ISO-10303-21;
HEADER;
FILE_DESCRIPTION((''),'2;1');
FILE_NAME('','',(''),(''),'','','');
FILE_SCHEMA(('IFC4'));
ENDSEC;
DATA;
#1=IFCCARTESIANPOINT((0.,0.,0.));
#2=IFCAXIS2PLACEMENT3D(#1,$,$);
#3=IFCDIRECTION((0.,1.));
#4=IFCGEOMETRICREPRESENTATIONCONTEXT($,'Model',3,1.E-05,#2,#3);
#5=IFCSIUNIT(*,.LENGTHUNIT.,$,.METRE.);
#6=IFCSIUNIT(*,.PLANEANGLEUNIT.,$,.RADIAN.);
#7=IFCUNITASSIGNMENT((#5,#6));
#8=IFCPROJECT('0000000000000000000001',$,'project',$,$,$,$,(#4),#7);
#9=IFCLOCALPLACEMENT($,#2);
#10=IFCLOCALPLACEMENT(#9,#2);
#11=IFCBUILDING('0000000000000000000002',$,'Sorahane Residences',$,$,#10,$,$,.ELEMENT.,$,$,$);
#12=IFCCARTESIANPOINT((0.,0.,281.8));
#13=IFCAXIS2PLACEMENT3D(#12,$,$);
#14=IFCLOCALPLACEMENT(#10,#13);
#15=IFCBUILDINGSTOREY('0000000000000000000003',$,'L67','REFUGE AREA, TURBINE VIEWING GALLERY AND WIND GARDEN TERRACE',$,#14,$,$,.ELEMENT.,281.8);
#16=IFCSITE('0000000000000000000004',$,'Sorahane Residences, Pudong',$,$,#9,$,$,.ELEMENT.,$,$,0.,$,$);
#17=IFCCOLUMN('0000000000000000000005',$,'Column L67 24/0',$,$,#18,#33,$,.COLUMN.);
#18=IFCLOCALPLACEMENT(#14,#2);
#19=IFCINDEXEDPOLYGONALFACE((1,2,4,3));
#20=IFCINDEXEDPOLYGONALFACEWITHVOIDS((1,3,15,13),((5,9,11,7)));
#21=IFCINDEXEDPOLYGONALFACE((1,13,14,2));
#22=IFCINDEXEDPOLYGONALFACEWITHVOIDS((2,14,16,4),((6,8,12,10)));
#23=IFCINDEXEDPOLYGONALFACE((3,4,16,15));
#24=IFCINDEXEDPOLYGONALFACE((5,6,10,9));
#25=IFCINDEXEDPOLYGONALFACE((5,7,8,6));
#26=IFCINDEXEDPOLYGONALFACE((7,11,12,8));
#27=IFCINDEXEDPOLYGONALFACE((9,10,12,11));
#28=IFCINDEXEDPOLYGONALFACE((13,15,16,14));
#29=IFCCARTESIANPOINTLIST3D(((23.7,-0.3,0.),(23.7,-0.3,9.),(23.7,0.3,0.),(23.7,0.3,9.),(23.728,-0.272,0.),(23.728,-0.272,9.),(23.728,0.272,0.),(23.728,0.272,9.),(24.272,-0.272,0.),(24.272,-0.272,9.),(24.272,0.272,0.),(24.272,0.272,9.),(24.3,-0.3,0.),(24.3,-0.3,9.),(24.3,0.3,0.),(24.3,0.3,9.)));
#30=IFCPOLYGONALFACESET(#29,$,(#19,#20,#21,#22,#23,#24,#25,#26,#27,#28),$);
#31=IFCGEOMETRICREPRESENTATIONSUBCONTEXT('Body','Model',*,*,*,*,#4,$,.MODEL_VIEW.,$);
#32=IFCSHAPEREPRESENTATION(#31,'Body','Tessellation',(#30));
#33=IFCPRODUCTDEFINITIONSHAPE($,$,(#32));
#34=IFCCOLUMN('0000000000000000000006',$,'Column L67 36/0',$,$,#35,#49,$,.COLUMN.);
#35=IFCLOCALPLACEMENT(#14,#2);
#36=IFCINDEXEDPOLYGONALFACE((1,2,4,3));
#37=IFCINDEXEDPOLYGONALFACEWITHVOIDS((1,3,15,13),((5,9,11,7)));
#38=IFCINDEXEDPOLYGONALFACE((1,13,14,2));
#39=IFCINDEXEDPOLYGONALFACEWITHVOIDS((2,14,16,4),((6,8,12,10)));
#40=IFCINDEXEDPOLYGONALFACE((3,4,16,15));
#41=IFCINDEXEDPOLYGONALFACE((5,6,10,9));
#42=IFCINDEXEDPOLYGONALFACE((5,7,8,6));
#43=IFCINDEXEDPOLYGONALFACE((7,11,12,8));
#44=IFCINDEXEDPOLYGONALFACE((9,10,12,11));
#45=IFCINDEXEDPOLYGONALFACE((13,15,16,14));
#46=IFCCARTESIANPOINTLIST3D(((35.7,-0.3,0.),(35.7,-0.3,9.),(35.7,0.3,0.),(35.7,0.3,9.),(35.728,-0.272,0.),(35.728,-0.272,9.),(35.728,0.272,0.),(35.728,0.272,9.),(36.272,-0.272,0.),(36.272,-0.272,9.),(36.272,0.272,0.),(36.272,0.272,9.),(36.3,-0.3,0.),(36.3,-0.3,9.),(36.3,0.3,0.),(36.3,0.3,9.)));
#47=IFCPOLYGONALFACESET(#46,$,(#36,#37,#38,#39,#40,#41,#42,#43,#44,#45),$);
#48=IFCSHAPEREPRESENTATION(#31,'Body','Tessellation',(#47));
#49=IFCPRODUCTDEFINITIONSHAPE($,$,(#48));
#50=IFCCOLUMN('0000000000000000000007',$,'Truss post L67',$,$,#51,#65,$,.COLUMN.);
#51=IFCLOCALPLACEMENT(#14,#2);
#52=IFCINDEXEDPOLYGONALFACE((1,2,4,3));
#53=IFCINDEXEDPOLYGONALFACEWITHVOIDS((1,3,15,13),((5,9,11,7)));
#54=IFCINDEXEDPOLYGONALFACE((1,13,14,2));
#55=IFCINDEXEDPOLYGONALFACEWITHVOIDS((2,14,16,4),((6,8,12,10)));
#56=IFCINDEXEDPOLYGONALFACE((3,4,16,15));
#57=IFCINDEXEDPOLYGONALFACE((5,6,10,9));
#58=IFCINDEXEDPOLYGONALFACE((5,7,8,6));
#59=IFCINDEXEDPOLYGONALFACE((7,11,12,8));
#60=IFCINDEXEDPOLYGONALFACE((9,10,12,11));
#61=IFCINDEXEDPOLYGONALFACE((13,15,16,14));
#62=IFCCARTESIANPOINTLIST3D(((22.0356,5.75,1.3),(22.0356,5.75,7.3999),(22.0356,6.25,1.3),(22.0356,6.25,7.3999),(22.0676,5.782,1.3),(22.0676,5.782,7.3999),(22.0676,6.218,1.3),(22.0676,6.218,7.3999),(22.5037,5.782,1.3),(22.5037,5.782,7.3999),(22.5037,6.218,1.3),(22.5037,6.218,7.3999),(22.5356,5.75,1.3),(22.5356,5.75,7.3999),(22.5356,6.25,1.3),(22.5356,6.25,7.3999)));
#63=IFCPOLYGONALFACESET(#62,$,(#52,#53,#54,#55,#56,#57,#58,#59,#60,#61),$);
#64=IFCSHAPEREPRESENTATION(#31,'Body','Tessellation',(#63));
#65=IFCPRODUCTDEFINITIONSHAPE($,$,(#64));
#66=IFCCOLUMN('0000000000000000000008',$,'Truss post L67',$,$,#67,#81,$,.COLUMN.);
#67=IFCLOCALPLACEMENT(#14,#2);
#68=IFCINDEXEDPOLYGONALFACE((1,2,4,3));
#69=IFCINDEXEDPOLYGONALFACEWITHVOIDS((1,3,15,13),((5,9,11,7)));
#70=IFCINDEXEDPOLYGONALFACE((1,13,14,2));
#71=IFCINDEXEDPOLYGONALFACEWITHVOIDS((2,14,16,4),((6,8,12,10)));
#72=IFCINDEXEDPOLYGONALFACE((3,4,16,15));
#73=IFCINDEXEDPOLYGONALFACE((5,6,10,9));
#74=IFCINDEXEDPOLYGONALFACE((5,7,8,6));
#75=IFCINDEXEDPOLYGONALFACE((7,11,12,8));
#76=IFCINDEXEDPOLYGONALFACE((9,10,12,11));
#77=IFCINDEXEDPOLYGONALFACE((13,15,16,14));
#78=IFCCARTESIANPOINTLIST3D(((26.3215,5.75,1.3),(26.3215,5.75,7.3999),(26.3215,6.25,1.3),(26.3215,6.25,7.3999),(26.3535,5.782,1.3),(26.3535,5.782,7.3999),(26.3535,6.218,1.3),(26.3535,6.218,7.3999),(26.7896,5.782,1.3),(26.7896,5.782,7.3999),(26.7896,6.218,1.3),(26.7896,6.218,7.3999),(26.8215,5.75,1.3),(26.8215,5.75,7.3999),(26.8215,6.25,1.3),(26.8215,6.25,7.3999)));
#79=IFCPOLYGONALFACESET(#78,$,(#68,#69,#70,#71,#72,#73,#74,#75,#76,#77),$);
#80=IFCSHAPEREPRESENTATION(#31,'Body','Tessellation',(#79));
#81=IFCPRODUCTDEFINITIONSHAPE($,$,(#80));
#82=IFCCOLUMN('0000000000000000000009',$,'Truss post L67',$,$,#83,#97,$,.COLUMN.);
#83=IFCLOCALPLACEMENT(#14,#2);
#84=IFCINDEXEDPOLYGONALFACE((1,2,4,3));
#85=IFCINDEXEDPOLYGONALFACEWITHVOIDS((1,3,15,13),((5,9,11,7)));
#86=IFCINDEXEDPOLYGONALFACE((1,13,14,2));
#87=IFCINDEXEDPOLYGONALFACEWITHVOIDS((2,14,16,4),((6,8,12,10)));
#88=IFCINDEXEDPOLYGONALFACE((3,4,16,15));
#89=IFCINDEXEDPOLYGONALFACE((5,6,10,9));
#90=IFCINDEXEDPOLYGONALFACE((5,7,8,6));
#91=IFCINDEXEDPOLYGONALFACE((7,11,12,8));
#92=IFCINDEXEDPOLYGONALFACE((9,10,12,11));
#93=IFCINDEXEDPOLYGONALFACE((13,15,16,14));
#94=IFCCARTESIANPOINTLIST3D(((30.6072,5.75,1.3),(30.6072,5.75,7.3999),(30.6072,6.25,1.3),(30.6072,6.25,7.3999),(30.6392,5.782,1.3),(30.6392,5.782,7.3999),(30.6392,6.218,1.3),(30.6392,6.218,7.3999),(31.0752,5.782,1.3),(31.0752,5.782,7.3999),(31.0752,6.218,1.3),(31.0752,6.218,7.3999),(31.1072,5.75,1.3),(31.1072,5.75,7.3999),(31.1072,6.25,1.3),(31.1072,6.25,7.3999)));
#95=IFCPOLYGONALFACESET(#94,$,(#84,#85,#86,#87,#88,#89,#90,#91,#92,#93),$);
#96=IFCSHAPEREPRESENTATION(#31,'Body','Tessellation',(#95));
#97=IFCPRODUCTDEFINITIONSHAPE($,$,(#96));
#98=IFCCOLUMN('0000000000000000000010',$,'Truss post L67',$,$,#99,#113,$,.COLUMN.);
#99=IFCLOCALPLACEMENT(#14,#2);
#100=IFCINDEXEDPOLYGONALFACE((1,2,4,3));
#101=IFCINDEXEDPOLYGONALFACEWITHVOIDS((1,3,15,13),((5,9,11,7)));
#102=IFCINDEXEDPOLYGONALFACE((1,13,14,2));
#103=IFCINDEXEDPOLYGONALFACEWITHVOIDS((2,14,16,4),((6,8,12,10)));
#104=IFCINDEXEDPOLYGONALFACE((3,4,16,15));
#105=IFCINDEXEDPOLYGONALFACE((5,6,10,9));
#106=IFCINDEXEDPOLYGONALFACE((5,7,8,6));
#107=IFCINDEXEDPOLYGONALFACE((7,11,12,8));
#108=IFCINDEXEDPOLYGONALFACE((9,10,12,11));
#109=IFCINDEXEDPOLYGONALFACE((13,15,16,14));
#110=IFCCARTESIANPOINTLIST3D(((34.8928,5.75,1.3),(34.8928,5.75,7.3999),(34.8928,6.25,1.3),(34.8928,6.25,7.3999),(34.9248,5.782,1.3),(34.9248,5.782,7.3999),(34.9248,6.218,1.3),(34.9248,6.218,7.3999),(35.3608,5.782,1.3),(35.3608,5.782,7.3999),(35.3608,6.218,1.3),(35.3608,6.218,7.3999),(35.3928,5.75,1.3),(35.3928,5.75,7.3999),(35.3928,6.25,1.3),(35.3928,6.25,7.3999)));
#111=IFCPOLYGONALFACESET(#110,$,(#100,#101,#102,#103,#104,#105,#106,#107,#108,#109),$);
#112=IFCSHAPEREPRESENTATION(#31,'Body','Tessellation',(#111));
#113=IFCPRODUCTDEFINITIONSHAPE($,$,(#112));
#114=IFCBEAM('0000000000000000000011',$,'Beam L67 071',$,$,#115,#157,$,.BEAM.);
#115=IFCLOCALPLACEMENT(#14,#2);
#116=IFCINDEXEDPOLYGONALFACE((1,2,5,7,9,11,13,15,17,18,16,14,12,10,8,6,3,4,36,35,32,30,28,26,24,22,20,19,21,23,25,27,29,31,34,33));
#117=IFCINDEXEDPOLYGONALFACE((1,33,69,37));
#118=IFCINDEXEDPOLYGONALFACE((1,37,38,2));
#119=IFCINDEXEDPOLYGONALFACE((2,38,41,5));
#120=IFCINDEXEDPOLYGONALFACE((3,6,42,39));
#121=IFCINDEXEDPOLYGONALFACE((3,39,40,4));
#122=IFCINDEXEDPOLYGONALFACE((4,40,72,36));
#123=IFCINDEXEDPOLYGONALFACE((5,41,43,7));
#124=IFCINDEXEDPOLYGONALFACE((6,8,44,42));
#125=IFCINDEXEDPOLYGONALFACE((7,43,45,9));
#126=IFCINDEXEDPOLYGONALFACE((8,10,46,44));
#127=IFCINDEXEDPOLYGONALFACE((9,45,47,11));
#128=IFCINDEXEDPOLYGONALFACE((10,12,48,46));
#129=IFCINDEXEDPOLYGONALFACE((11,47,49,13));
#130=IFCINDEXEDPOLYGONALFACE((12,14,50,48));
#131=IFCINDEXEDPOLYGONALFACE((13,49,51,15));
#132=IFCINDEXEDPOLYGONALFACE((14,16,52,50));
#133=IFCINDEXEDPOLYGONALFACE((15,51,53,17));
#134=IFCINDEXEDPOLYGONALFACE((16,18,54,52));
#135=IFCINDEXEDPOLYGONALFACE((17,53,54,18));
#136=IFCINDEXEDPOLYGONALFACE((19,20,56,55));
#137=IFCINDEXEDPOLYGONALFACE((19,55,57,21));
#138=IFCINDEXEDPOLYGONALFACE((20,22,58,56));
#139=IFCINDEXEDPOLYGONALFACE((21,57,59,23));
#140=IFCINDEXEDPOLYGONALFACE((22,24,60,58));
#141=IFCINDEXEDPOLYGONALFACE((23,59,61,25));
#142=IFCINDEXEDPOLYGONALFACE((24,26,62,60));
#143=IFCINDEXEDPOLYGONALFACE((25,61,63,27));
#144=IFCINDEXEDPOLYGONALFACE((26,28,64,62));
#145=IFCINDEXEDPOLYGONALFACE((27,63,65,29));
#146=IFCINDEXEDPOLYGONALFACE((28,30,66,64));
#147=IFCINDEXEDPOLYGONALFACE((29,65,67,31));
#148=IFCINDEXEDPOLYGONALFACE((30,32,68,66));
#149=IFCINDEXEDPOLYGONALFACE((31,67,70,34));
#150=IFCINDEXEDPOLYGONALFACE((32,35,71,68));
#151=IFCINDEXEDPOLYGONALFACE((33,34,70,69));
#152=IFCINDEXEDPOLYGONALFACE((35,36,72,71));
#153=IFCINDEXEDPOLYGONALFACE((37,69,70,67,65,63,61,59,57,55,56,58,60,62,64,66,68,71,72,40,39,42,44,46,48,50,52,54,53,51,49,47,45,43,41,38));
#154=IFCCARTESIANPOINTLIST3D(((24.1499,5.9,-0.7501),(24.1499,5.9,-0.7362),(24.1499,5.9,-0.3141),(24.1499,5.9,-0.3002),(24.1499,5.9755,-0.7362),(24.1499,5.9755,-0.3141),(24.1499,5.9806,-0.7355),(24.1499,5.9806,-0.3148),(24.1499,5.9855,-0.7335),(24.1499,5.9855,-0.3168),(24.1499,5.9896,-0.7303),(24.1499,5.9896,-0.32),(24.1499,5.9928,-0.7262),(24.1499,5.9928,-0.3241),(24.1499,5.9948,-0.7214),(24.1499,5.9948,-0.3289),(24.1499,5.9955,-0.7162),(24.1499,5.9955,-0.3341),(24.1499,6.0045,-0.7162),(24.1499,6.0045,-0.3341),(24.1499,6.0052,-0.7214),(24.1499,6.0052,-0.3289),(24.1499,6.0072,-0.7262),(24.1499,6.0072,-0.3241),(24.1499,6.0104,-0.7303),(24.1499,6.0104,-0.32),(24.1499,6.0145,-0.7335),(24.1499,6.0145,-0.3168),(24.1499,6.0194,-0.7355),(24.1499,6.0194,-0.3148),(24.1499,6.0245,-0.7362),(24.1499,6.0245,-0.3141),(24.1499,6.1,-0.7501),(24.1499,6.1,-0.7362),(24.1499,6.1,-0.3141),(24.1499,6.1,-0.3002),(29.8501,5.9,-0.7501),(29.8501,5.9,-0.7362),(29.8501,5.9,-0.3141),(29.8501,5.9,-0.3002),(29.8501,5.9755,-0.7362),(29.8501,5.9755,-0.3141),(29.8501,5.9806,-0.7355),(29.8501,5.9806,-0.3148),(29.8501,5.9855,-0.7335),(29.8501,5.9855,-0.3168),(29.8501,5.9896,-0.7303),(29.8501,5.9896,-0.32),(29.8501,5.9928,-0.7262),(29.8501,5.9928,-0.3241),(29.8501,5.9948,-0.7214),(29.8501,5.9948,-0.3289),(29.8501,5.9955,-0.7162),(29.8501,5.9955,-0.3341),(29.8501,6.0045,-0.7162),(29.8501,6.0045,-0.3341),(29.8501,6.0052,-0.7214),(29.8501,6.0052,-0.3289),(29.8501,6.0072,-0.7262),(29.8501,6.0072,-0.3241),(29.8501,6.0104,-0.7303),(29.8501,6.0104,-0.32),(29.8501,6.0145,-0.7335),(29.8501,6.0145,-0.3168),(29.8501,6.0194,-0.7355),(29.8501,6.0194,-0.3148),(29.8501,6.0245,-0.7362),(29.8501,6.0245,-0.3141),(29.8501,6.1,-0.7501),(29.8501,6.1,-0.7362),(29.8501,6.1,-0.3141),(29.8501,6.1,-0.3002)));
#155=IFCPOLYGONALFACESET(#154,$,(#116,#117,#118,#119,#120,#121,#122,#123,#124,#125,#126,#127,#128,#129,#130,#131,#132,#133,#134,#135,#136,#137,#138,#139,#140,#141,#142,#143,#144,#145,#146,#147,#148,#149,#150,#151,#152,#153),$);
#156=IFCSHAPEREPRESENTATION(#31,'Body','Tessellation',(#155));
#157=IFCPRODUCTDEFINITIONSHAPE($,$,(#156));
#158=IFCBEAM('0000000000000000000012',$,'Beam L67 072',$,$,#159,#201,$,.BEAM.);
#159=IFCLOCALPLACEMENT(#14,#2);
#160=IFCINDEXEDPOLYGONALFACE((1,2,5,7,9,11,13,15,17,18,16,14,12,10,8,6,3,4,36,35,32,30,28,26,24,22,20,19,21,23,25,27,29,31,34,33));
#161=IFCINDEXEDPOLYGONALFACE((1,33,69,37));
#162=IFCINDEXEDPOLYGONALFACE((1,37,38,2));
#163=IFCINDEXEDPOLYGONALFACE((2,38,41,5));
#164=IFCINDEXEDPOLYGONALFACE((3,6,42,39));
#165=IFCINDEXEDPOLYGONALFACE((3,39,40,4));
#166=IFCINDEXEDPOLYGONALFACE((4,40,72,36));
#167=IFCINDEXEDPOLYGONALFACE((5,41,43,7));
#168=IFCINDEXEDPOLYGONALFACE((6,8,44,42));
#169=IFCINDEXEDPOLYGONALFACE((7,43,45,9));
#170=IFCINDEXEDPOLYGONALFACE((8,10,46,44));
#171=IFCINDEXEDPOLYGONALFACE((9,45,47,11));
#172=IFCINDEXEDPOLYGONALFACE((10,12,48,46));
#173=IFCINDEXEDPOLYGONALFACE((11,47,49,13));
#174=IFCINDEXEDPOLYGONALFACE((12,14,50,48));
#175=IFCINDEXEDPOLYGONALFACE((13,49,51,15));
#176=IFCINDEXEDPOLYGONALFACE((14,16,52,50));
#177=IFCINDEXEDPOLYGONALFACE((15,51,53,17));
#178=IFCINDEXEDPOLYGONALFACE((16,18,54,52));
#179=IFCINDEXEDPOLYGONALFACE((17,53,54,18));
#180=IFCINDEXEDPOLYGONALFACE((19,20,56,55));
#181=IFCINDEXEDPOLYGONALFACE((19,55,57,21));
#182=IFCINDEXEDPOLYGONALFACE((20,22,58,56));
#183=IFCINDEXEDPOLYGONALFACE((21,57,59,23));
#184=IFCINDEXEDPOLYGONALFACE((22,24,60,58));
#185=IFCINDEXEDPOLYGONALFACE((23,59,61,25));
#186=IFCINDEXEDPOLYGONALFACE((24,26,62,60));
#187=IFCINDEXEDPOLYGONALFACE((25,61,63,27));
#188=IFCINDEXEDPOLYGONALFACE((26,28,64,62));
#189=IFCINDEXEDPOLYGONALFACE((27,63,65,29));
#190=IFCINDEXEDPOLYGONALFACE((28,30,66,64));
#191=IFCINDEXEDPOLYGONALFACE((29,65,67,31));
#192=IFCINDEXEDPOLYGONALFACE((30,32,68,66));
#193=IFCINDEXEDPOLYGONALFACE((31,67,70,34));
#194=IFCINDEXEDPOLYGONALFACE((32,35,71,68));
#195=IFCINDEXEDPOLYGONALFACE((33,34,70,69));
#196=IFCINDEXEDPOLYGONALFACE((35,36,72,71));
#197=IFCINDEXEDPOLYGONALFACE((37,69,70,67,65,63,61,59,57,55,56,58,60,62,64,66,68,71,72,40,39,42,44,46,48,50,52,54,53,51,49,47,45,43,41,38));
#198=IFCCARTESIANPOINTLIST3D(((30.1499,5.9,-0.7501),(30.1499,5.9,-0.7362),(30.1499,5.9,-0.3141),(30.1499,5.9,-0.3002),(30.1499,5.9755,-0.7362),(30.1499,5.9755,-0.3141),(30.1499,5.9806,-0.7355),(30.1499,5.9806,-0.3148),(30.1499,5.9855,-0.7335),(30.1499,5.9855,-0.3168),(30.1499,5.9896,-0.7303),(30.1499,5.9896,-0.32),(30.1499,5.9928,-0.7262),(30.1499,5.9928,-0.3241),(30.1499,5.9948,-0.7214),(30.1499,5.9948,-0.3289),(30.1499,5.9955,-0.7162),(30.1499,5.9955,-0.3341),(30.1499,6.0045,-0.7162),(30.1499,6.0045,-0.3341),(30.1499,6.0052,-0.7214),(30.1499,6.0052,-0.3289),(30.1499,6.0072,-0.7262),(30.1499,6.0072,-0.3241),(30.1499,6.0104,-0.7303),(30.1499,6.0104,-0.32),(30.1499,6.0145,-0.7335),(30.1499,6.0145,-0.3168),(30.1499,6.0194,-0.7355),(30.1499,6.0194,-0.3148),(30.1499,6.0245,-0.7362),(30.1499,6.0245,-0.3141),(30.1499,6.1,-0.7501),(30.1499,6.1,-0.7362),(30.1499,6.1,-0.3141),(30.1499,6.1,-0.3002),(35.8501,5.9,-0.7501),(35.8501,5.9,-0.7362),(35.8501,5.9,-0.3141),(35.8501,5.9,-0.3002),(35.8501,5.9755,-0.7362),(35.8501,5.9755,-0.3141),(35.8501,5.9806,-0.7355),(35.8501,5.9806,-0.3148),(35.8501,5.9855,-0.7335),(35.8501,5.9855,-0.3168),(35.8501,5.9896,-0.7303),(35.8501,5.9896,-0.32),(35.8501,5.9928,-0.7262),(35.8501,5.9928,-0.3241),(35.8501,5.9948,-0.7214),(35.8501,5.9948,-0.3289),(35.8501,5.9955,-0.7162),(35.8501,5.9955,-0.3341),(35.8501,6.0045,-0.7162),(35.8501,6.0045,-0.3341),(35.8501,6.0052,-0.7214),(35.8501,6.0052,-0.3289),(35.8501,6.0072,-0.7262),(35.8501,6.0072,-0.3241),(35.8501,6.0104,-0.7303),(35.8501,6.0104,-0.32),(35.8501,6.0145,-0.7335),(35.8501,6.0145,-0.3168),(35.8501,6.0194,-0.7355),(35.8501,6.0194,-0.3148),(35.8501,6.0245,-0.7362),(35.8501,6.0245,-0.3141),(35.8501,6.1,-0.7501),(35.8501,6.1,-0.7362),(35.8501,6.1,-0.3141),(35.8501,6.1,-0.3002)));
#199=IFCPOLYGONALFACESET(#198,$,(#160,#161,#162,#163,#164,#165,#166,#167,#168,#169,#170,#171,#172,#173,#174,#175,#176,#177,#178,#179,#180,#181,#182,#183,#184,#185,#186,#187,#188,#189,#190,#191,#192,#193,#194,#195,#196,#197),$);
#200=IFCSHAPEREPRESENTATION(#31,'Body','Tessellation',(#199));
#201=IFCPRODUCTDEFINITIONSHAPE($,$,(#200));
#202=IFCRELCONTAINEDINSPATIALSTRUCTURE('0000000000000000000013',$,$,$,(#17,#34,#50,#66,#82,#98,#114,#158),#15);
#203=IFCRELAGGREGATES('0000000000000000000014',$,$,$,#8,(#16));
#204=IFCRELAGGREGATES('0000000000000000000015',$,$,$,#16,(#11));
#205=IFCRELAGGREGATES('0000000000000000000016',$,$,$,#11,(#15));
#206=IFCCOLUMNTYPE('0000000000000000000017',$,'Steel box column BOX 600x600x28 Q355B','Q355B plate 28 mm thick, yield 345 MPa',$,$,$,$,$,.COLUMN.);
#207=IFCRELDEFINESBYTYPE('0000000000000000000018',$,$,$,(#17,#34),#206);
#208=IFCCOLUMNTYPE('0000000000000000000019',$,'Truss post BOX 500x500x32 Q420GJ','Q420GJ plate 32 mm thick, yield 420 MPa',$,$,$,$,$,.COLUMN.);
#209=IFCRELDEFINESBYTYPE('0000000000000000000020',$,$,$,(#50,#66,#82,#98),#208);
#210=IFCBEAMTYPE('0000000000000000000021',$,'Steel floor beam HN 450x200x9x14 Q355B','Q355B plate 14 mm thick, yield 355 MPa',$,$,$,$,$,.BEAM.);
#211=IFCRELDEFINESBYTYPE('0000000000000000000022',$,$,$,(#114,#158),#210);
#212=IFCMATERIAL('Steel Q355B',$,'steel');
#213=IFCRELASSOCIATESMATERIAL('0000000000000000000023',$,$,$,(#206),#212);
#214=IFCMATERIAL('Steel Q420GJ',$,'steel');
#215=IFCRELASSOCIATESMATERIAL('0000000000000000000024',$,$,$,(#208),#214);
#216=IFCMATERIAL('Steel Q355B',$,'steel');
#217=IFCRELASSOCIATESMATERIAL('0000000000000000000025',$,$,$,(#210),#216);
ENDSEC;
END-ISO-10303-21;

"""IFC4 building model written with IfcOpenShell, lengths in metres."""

from ifc_helpers import new_model, si_unit, direction, frame, origin, origin_2d, place, context, subcontext, project, spatial, hollow_rectangle, i_section, extrude, material, material_profile, profile_set, type_object, element, save


model = new_model("IFC4")

# Units and contexts
model_context = context("Model", 3, precision=1e-05, world=origin(), true_north=direction((0.0, 1.0)))
body_context = subcontext(model_context, "Body", "Model", "MODEL_VIEW")
ifc_project = project(units=[si_unit("LENGTHUNIT", "METRE"), si_unit("PLANEANGLEUNIT", "RADIAN")], contexts=[model_context])

# Site, building, storey
site_placement = place(None, origin())
site = spatial("IfcSite", under=ifc_project, at=site_placement, Name="Sorahane Residences, Pudong", CompositionType="ELEMENT", RefElevation=0.0)
building_placement = place(site_placement, origin())
building = spatial("IfcBuilding", under=site, at=building_placement, Name="Sorahane Residences", CompositionType="ELEMENT")
storey_placement = place(building_placement, frame((0.0, 0.0, 281.8)))
storey = spatial("IfcBuildingStorey", under=building, at=storey_placement, Name="L67", Description="REFUGE AREA, TURBINE VIEWING GALLERY AND WIND GARDEN TERRACE", CompositionType="ELEMENT", Elevation=281.8)

# Columns
ifc_material_1 = material(Name="Steel Q355B", Category="steel")
ifc_material_profile_1 = material_profile(ifc_material_1, hollow_rectangle(XDim=0.6001, YDim=0.6001, WallThickness=0.0281, at=origin_2d()), Name="BOX 600x600x28")
ifc_profile_set_1 = profile_set([ifc_material_profile_1], Name="Steel Q355B")
column_type_1 = type_object("IfcColumnType", Name="Steel box column BOX 600x600x28 Q355B", Description="Q355B plate 28 mm thick, yield 345 MPa", PredefinedType="COLUMN", material=ifc_profile_set_1)
for number, where, z_axis, x_axis, name in (
    (1, (24.0, 0.0, 0.0), (0.0, 0.0, 1.0), (1.0, 0.0, 0.0), "Column L67 24/0"),
    (2, (36.0, 0.0, 0.0), (0.0, 0.0, 1.0), (1.0, 0.0, 0.0), "Column L67 36/0"),
):
    element("IfcColumn", number, at=place(storey_placement, frame(where, z_axis=z_axis, x_axis=x_axis)), inside=storey, type_object=column_type_1, Name=name, PredefinedType="COLUMN", context=body_context, shape_type="SweptSolid", body=[
        extrude(hollow_rectangle(XDim=0.6001, YDim=0.6001, WallThickness=0.0281, at=origin_2d()), origin(), (0.0, 0.0, 1.0), 9.0),
    ])
ifc_material_2 = material(Name="Steel Q420GJ", Category="steel")
ifc_material_profile_2 = material_profile(ifc_material_2, hollow_rectangle(XDim=0.5, YDim=0.5, WallThickness=0.032, at=origin_2d()), Name="BOX 500x500x32")
ifc_profile_set_2 = profile_set([ifc_material_profile_2], Name="Steel Q420GJ")
column_type_2 = type_object("IfcColumnType", Name="Truss post BOX 500x500x32 Q420GJ", Description="Q420GJ plate 32 mm thick, yield 420 MPa", PredefinedType="COLUMN", material=ifc_profile_set_2)
for number, where, z_axis, x_axis, name in (
    (3, (22.2856, 6.0, 1.3), (0.0, 0.0, 1.0), (1.0, 0.0, 0.0), "Truss post L67"),
    (4, (26.5715, 6.0, 1.3), (0.0, 0.0, 1.0), (1.0, 0.0, 0.0), "Truss post L67"),
    (5, (30.8572, 6.0, 1.3), (0.0, 0.0, 1.0), (1.0, 0.0, 0.0), "Truss post L67"),
    (6, (35.1428, 6.0, 1.3), (0.0, 0.0, 1.0), (1.0, 0.0, 0.0), "Truss post L67"),
):
    element("IfcColumn", number, at=place(storey_placement, frame(where, z_axis=z_axis, x_axis=x_axis)), inside=storey, type_object=column_type_2, Name=name, PredefinedType="COLUMN", context=body_context, shape_type="SweptSolid", body=[
        extrude(hollow_rectangle(XDim=0.5, YDim=0.5, WallThickness=0.032, at=origin_2d()), origin(), (0.0, 0.0, 1.0), 6.0999),
    ])

# Beams
ifc_material_3 = material(Name="Steel Q355B", Category="steel")
ifc_material_profile_3 = material_profile(ifc_material_3, i_section(OverallWidth=0.2, OverallDepth=0.45, WebThickness=0.009, FlangeThickness=0.0139, FilletRadius=0.02, at=origin_2d()), Name="HN 450x200x9x14")
ifc_profile_set_3 = profile_set([ifc_material_profile_3], Name="Steel Q355B")
beam_type_1 = type_object("IfcBeamType", Name="Steel floor beam HN 450x200x9x14 Q355B", Description="Q355B plate 14 mm thick, yield 355 MPa", PredefinedType="BEAM", material=ifc_profile_set_3)
for number, where, z_axis, x_axis, name in (
    (7, (24.1499, 6.0, -0.5251), (1.0, 0.0, 0.0), (0.0, 1.0, 0.0), "Beam L67 071"),
    (8, (30.1499, 6.0, -0.5251), (1.0, 0.0, 0.0), (0.0, 1.0, 0.0), "Beam L67 072"),
):
    element("IfcBeam", number, at=place(storey_placement, frame(where, z_axis=z_axis, x_axis=x_axis)), inside=storey, type_object=beam_type_1, Name=name, PredefinedType="BEAM", context=body_context, shape_type="SweptSolid", body=[
        extrude(i_section(OverallWidth=0.2, OverallDepth=0.45, WebThickness=0.009, FlangeThickness=0.0139, FilletRadius=0.02, at=origin_2d()), origin(), (0.0, 0.0, 1.0), 5.7002),
    ])

save(model, "model.ifc")
